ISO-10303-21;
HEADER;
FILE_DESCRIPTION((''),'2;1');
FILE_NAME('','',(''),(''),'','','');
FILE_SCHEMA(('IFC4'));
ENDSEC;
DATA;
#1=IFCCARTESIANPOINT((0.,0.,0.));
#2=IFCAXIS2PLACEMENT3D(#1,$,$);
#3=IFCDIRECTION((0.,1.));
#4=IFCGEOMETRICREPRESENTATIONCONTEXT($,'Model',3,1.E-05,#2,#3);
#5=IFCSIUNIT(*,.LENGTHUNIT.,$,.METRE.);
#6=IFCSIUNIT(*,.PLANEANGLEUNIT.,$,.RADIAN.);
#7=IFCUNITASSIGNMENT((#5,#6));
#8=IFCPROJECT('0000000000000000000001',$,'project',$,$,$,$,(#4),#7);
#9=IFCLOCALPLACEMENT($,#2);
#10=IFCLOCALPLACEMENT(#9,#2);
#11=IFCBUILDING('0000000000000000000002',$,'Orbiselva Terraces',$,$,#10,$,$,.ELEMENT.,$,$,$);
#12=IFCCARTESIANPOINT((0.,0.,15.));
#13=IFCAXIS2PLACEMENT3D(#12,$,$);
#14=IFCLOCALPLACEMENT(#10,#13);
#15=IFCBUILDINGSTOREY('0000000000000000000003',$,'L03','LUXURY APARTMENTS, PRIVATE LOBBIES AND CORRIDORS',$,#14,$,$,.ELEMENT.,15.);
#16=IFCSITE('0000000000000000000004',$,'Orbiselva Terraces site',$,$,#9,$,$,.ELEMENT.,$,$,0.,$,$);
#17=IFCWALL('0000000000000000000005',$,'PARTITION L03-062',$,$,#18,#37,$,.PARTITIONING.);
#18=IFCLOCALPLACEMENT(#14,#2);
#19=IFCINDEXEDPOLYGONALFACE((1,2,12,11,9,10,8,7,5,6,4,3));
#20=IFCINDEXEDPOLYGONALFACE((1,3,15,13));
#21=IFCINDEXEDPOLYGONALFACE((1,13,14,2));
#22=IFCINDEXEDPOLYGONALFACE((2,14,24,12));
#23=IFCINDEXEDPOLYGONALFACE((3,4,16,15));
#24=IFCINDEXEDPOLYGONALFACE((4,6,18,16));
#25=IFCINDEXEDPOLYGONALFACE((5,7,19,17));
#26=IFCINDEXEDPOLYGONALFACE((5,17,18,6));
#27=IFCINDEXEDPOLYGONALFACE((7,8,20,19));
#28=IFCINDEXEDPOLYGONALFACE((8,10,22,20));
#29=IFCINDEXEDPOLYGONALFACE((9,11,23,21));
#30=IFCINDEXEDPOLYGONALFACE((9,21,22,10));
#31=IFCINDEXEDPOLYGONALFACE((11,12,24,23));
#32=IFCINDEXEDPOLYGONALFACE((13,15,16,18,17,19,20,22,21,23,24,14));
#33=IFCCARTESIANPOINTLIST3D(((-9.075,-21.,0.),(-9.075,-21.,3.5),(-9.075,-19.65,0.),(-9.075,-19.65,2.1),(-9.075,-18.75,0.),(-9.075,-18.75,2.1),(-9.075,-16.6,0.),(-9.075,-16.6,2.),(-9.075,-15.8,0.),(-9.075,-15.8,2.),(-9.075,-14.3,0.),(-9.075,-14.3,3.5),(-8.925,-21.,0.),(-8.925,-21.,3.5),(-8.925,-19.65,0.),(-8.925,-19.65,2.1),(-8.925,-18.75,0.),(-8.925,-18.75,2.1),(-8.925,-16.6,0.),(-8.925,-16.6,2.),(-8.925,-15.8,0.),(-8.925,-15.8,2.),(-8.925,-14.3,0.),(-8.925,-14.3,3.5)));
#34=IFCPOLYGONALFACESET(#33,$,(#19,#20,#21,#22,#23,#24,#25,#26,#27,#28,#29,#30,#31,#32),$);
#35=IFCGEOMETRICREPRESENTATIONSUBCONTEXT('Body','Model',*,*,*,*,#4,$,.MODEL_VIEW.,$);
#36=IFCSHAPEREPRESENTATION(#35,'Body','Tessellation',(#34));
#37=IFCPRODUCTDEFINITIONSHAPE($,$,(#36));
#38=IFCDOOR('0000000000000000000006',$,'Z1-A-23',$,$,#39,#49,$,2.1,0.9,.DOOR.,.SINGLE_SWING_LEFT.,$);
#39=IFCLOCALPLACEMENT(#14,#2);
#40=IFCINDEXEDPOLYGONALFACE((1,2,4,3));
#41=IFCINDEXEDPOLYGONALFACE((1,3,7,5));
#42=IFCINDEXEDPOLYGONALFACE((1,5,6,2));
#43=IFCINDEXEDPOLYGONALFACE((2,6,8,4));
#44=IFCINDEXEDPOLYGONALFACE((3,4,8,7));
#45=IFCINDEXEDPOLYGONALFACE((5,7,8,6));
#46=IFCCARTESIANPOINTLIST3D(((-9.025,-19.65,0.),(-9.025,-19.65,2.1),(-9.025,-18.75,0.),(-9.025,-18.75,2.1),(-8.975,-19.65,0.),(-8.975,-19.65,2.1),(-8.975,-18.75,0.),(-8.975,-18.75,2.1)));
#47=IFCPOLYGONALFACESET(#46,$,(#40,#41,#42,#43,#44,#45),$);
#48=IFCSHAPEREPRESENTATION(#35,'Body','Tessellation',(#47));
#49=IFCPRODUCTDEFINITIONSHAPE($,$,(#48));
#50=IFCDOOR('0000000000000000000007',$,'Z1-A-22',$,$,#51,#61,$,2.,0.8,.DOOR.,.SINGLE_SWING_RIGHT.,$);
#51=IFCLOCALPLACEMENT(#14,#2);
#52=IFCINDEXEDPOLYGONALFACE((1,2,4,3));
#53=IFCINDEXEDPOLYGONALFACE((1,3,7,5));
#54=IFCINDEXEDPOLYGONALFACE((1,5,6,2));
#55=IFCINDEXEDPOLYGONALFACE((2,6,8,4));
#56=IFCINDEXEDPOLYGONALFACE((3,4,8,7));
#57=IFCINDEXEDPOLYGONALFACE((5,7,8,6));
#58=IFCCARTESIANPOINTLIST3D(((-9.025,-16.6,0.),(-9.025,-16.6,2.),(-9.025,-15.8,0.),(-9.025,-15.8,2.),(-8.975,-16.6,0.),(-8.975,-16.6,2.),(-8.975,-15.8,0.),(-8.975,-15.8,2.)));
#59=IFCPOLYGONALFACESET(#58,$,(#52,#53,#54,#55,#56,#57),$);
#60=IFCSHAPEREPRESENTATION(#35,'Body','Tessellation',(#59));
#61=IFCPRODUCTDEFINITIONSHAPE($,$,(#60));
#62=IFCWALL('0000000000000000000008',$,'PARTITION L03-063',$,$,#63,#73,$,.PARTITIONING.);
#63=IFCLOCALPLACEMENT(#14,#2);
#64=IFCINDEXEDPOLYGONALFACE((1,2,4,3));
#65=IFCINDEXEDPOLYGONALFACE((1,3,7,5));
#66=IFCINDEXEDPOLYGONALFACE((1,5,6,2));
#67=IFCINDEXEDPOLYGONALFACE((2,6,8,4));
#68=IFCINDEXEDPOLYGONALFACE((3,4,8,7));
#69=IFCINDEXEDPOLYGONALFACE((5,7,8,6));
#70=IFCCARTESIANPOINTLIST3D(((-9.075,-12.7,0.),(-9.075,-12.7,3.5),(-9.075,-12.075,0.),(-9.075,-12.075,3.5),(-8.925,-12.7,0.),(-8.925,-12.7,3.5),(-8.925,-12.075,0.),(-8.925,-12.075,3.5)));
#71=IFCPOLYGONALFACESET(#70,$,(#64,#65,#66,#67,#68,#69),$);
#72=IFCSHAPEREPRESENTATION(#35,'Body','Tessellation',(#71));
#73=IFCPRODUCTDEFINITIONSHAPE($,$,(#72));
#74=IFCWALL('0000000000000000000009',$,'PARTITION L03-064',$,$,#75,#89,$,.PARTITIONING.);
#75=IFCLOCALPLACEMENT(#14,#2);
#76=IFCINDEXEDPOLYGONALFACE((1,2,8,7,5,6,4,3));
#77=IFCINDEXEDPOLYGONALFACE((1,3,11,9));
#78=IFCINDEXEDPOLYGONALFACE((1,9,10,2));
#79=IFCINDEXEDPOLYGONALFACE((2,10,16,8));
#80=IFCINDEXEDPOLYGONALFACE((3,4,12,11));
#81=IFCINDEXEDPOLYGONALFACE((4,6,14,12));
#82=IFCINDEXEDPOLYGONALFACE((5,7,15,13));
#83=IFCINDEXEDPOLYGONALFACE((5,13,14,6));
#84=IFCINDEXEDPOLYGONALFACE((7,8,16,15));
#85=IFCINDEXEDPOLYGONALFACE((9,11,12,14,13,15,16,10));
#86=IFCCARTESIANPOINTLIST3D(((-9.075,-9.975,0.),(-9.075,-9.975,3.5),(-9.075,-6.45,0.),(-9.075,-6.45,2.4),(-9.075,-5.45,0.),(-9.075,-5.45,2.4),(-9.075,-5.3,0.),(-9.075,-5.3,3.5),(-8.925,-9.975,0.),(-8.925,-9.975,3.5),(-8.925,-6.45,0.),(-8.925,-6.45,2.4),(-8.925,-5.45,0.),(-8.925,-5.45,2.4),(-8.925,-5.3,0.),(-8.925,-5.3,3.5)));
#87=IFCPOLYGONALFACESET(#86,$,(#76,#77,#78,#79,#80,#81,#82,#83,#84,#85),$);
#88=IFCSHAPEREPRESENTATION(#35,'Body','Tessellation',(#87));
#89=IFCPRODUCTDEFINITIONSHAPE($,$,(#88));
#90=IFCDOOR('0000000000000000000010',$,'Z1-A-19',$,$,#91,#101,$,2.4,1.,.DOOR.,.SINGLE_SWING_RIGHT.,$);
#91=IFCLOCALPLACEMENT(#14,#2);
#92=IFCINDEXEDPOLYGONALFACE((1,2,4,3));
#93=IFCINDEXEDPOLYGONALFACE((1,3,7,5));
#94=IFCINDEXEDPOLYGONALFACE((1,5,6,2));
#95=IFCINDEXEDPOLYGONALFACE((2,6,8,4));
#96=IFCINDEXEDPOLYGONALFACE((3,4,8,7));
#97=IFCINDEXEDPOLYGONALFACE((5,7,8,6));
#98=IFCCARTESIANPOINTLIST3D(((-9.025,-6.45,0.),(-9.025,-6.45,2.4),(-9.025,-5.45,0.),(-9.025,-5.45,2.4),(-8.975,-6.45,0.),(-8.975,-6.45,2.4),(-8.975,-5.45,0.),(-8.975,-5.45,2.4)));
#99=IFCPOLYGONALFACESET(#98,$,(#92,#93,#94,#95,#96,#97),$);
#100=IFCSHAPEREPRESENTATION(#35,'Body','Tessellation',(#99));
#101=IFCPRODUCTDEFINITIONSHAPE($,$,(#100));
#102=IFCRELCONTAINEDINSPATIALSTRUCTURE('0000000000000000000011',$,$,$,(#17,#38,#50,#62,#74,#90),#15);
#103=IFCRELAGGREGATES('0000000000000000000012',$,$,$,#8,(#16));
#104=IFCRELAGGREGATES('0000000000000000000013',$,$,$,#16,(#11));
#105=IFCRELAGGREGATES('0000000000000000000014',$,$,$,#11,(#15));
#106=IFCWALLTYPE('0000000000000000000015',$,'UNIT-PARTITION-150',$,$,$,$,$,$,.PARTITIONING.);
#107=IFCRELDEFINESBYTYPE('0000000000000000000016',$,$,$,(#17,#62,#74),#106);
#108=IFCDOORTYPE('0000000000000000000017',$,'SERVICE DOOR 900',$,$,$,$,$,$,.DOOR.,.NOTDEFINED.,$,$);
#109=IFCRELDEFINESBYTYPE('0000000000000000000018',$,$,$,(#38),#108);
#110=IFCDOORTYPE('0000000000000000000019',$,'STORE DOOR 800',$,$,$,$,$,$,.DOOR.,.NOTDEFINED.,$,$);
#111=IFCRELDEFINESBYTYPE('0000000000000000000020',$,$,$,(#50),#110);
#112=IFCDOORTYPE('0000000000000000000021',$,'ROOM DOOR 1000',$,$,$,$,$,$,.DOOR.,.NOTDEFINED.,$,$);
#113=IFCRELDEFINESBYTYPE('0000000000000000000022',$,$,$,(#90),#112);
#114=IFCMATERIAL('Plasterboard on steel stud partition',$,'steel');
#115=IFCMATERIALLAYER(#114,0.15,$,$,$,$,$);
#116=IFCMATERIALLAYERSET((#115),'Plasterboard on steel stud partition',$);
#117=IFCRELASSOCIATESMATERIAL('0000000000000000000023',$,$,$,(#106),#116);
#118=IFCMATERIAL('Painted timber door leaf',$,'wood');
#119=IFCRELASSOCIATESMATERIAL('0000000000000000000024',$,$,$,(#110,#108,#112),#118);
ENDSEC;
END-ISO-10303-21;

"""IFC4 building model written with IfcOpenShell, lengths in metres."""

from ifc_helpers import new_model, si_unit, direction, frame, frame_2d, origin, place, context, subcontext, project, spatial, rectangle, extrude, material, layer, layer_set, type_object, element, fill, save


model = new_model("IFC4")

# Units and contexts
model_context = context("Model", 3, precision=1e-05, world=origin(), true_north=direction((0.0, 1.0)))
body_context = subcontext(model_context, "Body", "Model", "MODEL_VIEW")
ifc_project = project(units=[si_unit("LENGTHUNIT", "METRE"), si_unit("PLANEANGLEUNIT", "RADIAN")], contexts=[model_context])

# Site, building, storey
site_placement = place(None, origin())
site = spatial("IfcSite", under=ifc_project, at=site_placement, Name="Orbiselva Terraces site", CompositionType="ELEMENT", RefElevation=0.0)
building_placement = place(site_placement, origin())
building = spatial("IfcBuilding", under=site, at=building_placement, Name="Orbiselva Terraces", CompositionType="ELEMENT")
storey_placement = place(building_placement, frame((0.0, 0.0, 15.0)))
storey = spatial("IfcBuildingStorey", under=building, at=storey_placement, Name="L03", Description="LUXURY APARTMENTS, PRIVATE LOBBIES AND CORRIDORS", CompositionType="ELEMENT", Elevation=15.0)

# Shared definitions
ifc_material_1 = material(Name="Plasterboard on steel stud partition", Category="steel")
ifc_material_2 = material(Name="Painted timber door leaf", Category="wood")

# Shared definitions
ifc_layer_1 = layer(ifc_material_1, 0.15)
ifc_layer_set_1 = layer_set([ifc_layer_1], Name="Plasterboard on steel stud partition")
wall_type_1 = type_object("IfcWallType", Name="UNIT-PARTITION-150", PredefinedType="PARTITIONING", material=ifc_layer_set_1)

# Shared definitions
door_type_1 = type_object("IfcDoorType", Name="STORE DOOR 800", OperationType="NOTDEFINED", PredefinedType="DOOR", material=ifc_material_2)

# Wall, openings, doors
wall_1_placement = place(storey_placement, frame((-9.0, -21.0, 0.0), z_axis=(0.0, 0.0, 1.0), x_axis=(0.0, 1.0, 0.0)))
wall_1 = element("IfcWall", 1, at=wall_1_placement, inside=storey, type_object=wall_type_1, Name="PARTITION L03-062", PredefinedType="PARTITIONING", context=body_context, shape_type="SweptSolid", body=[
    extrude(rectangle(XDim=6.7, YDim=0.15, at=frame_2d((3.35, 0.0))), origin(), (0.0, 0.0, 1.0), 3.5),
])
opening_1_placement = place(wall_1_placement, frame((4.4, 0.0, 0.0)))
opening_1 = element("IfcOpeningElement", 2, at=opening_1_placement, cuts=wall_1, PredefinedType="OPENING", context=body_context, shape_type="SweptSolid", body=[
    extrude(rectangle(XDim=0.8, YDim=2.0, at=frame_2d((0.4, 1.0))), frame((0.0, 0.085, 0.0), z_axis=(0.0, -1.0, 0.0), x_axis=(1.0, 0.0, 0.0)), (0.0, 0.0, 1.0), 0.17),
])
opening_2_placement = place(wall_1_placement, frame((1.35, 0.0, 0.0)))
opening_2 = element("IfcOpeningElement", 3, at=opening_2_placement, cuts=wall_1, PredefinedType="OPENING", context=body_context, shape_type="SweptSolid", body=[
    extrude(rectangle(XDim=0.9, YDim=2.1, at=frame_2d((0.45, 1.05))), frame((0.0, 0.085, 0.0), z_axis=(0.0, -1.0, 0.0), x_axis=(1.0, 0.0, 0.0)), (0.0, 0.0, 1.0), 0.17),
])
door_type_2 = type_object("IfcDoorType", Name="SERVICE DOOR 900", OperationType="NOTDEFINED", PredefinedType="DOOR", material=ifc_material_2)
door_1_placement = place(opening_2_placement, origin())
door_1 = element("IfcDoor", 4, at=door_1_placement, inside=storey, type_object=door_type_2, Name="Z1-A-23", OperationType="SINGLE_SWING_LEFT", OverallHeight=2.1, OverallWidth=0.9, PredefinedType="DOOR", context=body_context, shape_type="SweptSolid", body=[
    extrude(rectangle(XDim=0.9, YDim=2.1, at=frame_2d((0.45, 1.05))), frame((0.0, 0.025, 0.0), z_axis=(0.0, -1.0, 0.0), x_axis=(1.0, 0.0, 0.0)), (0.0, 0.0, 1.0), 0.05),
])
fill(opening_2, door_1)
door_2_placement = place(opening_1_placement, origin())
door_2 = element("IfcDoor", 5, at=door_2_placement, inside=storey, type_object=door_type_1, Name="Z1-A-22", OperationType="SINGLE_SWING_RIGHT", OverallHeight=2.0, OverallWidth=0.8, PredefinedType="DOOR", context=body_context, shape_type="SweptSolid", body=[
    extrude(rectangle(XDim=0.8, YDim=2.0, at=frame_2d((0.4, 1.0))), frame((0.0, 0.025, 0.0), z_axis=(0.0, -1.0, 0.0), x_axis=(1.0, 0.0, 0.0)), (0.0, 0.0, 1.0), 0.05),
])
fill(opening_1, door_2)

# Wall
wall_2_placement = place(storey_placement, frame((-9.0, -12.7, 0.0), z_axis=(0.0, 0.0, 1.0), x_axis=(0.0, 1.0, 0.0)))
element("IfcWall", 6, at=wall_2_placement, inside=storey, type_object=wall_type_1, Name="PARTITION L03-063", PredefinedType="PARTITIONING", context=body_context, shape_type="SweptSolid", body=[
    extrude(rectangle(XDim=0.625, YDim=0.15, at=frame_2d((0.3125, 0.0))), origin(), (0.0, 0.0, 1.0), 3.5),
])

# Wall, opening, door
wall_3_placement = place(storey_placement, frame((-9.0, -9.975, 0.0), z_axis=(0.0, 0.0, 1.0), x_axis=(0.0, 1.0, 0.0)))
wall_3 = element("IfcWall", 7, at=wall_3_placement, inside=storey, type_object=wall_type_1, Name="PARTITION L03-064", PredefinedType="PARTITIONING", context=body_context, shape_type="SweptSolid", body=[
    extrude(rectangle(XDim=4.675, YDim=0.15, at=frame_2d((2.3375, 0.0))), origin(), (0.0, 0.0, 1.0), 3.5),
])
opening_3_placement = place(wall_3_placement, frame((3.525, 0.0, 0.0)))
opening_3 = element("IfcOpeningElement", 8, at=opening_3_placement, cuts=wall_3, PredefinedType="OPENING", context=body_context, shape_type="SweptSolid", body=[
    extrude(rectangle(XDim=1.0, YDim=2.4, at=frame_2d((0.5, 1.2))), frame((0.0, 0.085, 0.0), z_axis=(0.0, -1.0, 0.0), x_axis=(1.0, 0.0, 0.0)), (0.0, 0.0, 1.0), 0.17),
])
door_type_3 = type_object("IfcDoorType", Name="ROOM DOOR 1000", OperationType="NOTDEFINED", PredefinedType="DOOR", material=ifc_material_2)
door_3_placement = place(opening_3_placement, origin())
door_3 = element("IfcDoor", 9, at=door_3_placement, inside=storey, type_object=door_type_3, Name="Z1-A-19", OperationType="SINGLE_SWING_RIGHT", OverallHeight=2.4, OverallWidth=1.0, PredefinedType="DOOR", context=body_context, shape_type="SweptSolid", body=[
    extrude(rectangle(XDim=1.0, YDim=2.4, at=frame_2d((0.5, 1.2))), frame((0.0, 0.025, 0.0), z_axis=(0.0, -1.0, 0.0), x_axis=(1.0, 0.0, 0.0)), (0.0, 0.0, 1.0), 0.05),
])
fill(opening_3, door_3)

save(model, "model.ifc")
